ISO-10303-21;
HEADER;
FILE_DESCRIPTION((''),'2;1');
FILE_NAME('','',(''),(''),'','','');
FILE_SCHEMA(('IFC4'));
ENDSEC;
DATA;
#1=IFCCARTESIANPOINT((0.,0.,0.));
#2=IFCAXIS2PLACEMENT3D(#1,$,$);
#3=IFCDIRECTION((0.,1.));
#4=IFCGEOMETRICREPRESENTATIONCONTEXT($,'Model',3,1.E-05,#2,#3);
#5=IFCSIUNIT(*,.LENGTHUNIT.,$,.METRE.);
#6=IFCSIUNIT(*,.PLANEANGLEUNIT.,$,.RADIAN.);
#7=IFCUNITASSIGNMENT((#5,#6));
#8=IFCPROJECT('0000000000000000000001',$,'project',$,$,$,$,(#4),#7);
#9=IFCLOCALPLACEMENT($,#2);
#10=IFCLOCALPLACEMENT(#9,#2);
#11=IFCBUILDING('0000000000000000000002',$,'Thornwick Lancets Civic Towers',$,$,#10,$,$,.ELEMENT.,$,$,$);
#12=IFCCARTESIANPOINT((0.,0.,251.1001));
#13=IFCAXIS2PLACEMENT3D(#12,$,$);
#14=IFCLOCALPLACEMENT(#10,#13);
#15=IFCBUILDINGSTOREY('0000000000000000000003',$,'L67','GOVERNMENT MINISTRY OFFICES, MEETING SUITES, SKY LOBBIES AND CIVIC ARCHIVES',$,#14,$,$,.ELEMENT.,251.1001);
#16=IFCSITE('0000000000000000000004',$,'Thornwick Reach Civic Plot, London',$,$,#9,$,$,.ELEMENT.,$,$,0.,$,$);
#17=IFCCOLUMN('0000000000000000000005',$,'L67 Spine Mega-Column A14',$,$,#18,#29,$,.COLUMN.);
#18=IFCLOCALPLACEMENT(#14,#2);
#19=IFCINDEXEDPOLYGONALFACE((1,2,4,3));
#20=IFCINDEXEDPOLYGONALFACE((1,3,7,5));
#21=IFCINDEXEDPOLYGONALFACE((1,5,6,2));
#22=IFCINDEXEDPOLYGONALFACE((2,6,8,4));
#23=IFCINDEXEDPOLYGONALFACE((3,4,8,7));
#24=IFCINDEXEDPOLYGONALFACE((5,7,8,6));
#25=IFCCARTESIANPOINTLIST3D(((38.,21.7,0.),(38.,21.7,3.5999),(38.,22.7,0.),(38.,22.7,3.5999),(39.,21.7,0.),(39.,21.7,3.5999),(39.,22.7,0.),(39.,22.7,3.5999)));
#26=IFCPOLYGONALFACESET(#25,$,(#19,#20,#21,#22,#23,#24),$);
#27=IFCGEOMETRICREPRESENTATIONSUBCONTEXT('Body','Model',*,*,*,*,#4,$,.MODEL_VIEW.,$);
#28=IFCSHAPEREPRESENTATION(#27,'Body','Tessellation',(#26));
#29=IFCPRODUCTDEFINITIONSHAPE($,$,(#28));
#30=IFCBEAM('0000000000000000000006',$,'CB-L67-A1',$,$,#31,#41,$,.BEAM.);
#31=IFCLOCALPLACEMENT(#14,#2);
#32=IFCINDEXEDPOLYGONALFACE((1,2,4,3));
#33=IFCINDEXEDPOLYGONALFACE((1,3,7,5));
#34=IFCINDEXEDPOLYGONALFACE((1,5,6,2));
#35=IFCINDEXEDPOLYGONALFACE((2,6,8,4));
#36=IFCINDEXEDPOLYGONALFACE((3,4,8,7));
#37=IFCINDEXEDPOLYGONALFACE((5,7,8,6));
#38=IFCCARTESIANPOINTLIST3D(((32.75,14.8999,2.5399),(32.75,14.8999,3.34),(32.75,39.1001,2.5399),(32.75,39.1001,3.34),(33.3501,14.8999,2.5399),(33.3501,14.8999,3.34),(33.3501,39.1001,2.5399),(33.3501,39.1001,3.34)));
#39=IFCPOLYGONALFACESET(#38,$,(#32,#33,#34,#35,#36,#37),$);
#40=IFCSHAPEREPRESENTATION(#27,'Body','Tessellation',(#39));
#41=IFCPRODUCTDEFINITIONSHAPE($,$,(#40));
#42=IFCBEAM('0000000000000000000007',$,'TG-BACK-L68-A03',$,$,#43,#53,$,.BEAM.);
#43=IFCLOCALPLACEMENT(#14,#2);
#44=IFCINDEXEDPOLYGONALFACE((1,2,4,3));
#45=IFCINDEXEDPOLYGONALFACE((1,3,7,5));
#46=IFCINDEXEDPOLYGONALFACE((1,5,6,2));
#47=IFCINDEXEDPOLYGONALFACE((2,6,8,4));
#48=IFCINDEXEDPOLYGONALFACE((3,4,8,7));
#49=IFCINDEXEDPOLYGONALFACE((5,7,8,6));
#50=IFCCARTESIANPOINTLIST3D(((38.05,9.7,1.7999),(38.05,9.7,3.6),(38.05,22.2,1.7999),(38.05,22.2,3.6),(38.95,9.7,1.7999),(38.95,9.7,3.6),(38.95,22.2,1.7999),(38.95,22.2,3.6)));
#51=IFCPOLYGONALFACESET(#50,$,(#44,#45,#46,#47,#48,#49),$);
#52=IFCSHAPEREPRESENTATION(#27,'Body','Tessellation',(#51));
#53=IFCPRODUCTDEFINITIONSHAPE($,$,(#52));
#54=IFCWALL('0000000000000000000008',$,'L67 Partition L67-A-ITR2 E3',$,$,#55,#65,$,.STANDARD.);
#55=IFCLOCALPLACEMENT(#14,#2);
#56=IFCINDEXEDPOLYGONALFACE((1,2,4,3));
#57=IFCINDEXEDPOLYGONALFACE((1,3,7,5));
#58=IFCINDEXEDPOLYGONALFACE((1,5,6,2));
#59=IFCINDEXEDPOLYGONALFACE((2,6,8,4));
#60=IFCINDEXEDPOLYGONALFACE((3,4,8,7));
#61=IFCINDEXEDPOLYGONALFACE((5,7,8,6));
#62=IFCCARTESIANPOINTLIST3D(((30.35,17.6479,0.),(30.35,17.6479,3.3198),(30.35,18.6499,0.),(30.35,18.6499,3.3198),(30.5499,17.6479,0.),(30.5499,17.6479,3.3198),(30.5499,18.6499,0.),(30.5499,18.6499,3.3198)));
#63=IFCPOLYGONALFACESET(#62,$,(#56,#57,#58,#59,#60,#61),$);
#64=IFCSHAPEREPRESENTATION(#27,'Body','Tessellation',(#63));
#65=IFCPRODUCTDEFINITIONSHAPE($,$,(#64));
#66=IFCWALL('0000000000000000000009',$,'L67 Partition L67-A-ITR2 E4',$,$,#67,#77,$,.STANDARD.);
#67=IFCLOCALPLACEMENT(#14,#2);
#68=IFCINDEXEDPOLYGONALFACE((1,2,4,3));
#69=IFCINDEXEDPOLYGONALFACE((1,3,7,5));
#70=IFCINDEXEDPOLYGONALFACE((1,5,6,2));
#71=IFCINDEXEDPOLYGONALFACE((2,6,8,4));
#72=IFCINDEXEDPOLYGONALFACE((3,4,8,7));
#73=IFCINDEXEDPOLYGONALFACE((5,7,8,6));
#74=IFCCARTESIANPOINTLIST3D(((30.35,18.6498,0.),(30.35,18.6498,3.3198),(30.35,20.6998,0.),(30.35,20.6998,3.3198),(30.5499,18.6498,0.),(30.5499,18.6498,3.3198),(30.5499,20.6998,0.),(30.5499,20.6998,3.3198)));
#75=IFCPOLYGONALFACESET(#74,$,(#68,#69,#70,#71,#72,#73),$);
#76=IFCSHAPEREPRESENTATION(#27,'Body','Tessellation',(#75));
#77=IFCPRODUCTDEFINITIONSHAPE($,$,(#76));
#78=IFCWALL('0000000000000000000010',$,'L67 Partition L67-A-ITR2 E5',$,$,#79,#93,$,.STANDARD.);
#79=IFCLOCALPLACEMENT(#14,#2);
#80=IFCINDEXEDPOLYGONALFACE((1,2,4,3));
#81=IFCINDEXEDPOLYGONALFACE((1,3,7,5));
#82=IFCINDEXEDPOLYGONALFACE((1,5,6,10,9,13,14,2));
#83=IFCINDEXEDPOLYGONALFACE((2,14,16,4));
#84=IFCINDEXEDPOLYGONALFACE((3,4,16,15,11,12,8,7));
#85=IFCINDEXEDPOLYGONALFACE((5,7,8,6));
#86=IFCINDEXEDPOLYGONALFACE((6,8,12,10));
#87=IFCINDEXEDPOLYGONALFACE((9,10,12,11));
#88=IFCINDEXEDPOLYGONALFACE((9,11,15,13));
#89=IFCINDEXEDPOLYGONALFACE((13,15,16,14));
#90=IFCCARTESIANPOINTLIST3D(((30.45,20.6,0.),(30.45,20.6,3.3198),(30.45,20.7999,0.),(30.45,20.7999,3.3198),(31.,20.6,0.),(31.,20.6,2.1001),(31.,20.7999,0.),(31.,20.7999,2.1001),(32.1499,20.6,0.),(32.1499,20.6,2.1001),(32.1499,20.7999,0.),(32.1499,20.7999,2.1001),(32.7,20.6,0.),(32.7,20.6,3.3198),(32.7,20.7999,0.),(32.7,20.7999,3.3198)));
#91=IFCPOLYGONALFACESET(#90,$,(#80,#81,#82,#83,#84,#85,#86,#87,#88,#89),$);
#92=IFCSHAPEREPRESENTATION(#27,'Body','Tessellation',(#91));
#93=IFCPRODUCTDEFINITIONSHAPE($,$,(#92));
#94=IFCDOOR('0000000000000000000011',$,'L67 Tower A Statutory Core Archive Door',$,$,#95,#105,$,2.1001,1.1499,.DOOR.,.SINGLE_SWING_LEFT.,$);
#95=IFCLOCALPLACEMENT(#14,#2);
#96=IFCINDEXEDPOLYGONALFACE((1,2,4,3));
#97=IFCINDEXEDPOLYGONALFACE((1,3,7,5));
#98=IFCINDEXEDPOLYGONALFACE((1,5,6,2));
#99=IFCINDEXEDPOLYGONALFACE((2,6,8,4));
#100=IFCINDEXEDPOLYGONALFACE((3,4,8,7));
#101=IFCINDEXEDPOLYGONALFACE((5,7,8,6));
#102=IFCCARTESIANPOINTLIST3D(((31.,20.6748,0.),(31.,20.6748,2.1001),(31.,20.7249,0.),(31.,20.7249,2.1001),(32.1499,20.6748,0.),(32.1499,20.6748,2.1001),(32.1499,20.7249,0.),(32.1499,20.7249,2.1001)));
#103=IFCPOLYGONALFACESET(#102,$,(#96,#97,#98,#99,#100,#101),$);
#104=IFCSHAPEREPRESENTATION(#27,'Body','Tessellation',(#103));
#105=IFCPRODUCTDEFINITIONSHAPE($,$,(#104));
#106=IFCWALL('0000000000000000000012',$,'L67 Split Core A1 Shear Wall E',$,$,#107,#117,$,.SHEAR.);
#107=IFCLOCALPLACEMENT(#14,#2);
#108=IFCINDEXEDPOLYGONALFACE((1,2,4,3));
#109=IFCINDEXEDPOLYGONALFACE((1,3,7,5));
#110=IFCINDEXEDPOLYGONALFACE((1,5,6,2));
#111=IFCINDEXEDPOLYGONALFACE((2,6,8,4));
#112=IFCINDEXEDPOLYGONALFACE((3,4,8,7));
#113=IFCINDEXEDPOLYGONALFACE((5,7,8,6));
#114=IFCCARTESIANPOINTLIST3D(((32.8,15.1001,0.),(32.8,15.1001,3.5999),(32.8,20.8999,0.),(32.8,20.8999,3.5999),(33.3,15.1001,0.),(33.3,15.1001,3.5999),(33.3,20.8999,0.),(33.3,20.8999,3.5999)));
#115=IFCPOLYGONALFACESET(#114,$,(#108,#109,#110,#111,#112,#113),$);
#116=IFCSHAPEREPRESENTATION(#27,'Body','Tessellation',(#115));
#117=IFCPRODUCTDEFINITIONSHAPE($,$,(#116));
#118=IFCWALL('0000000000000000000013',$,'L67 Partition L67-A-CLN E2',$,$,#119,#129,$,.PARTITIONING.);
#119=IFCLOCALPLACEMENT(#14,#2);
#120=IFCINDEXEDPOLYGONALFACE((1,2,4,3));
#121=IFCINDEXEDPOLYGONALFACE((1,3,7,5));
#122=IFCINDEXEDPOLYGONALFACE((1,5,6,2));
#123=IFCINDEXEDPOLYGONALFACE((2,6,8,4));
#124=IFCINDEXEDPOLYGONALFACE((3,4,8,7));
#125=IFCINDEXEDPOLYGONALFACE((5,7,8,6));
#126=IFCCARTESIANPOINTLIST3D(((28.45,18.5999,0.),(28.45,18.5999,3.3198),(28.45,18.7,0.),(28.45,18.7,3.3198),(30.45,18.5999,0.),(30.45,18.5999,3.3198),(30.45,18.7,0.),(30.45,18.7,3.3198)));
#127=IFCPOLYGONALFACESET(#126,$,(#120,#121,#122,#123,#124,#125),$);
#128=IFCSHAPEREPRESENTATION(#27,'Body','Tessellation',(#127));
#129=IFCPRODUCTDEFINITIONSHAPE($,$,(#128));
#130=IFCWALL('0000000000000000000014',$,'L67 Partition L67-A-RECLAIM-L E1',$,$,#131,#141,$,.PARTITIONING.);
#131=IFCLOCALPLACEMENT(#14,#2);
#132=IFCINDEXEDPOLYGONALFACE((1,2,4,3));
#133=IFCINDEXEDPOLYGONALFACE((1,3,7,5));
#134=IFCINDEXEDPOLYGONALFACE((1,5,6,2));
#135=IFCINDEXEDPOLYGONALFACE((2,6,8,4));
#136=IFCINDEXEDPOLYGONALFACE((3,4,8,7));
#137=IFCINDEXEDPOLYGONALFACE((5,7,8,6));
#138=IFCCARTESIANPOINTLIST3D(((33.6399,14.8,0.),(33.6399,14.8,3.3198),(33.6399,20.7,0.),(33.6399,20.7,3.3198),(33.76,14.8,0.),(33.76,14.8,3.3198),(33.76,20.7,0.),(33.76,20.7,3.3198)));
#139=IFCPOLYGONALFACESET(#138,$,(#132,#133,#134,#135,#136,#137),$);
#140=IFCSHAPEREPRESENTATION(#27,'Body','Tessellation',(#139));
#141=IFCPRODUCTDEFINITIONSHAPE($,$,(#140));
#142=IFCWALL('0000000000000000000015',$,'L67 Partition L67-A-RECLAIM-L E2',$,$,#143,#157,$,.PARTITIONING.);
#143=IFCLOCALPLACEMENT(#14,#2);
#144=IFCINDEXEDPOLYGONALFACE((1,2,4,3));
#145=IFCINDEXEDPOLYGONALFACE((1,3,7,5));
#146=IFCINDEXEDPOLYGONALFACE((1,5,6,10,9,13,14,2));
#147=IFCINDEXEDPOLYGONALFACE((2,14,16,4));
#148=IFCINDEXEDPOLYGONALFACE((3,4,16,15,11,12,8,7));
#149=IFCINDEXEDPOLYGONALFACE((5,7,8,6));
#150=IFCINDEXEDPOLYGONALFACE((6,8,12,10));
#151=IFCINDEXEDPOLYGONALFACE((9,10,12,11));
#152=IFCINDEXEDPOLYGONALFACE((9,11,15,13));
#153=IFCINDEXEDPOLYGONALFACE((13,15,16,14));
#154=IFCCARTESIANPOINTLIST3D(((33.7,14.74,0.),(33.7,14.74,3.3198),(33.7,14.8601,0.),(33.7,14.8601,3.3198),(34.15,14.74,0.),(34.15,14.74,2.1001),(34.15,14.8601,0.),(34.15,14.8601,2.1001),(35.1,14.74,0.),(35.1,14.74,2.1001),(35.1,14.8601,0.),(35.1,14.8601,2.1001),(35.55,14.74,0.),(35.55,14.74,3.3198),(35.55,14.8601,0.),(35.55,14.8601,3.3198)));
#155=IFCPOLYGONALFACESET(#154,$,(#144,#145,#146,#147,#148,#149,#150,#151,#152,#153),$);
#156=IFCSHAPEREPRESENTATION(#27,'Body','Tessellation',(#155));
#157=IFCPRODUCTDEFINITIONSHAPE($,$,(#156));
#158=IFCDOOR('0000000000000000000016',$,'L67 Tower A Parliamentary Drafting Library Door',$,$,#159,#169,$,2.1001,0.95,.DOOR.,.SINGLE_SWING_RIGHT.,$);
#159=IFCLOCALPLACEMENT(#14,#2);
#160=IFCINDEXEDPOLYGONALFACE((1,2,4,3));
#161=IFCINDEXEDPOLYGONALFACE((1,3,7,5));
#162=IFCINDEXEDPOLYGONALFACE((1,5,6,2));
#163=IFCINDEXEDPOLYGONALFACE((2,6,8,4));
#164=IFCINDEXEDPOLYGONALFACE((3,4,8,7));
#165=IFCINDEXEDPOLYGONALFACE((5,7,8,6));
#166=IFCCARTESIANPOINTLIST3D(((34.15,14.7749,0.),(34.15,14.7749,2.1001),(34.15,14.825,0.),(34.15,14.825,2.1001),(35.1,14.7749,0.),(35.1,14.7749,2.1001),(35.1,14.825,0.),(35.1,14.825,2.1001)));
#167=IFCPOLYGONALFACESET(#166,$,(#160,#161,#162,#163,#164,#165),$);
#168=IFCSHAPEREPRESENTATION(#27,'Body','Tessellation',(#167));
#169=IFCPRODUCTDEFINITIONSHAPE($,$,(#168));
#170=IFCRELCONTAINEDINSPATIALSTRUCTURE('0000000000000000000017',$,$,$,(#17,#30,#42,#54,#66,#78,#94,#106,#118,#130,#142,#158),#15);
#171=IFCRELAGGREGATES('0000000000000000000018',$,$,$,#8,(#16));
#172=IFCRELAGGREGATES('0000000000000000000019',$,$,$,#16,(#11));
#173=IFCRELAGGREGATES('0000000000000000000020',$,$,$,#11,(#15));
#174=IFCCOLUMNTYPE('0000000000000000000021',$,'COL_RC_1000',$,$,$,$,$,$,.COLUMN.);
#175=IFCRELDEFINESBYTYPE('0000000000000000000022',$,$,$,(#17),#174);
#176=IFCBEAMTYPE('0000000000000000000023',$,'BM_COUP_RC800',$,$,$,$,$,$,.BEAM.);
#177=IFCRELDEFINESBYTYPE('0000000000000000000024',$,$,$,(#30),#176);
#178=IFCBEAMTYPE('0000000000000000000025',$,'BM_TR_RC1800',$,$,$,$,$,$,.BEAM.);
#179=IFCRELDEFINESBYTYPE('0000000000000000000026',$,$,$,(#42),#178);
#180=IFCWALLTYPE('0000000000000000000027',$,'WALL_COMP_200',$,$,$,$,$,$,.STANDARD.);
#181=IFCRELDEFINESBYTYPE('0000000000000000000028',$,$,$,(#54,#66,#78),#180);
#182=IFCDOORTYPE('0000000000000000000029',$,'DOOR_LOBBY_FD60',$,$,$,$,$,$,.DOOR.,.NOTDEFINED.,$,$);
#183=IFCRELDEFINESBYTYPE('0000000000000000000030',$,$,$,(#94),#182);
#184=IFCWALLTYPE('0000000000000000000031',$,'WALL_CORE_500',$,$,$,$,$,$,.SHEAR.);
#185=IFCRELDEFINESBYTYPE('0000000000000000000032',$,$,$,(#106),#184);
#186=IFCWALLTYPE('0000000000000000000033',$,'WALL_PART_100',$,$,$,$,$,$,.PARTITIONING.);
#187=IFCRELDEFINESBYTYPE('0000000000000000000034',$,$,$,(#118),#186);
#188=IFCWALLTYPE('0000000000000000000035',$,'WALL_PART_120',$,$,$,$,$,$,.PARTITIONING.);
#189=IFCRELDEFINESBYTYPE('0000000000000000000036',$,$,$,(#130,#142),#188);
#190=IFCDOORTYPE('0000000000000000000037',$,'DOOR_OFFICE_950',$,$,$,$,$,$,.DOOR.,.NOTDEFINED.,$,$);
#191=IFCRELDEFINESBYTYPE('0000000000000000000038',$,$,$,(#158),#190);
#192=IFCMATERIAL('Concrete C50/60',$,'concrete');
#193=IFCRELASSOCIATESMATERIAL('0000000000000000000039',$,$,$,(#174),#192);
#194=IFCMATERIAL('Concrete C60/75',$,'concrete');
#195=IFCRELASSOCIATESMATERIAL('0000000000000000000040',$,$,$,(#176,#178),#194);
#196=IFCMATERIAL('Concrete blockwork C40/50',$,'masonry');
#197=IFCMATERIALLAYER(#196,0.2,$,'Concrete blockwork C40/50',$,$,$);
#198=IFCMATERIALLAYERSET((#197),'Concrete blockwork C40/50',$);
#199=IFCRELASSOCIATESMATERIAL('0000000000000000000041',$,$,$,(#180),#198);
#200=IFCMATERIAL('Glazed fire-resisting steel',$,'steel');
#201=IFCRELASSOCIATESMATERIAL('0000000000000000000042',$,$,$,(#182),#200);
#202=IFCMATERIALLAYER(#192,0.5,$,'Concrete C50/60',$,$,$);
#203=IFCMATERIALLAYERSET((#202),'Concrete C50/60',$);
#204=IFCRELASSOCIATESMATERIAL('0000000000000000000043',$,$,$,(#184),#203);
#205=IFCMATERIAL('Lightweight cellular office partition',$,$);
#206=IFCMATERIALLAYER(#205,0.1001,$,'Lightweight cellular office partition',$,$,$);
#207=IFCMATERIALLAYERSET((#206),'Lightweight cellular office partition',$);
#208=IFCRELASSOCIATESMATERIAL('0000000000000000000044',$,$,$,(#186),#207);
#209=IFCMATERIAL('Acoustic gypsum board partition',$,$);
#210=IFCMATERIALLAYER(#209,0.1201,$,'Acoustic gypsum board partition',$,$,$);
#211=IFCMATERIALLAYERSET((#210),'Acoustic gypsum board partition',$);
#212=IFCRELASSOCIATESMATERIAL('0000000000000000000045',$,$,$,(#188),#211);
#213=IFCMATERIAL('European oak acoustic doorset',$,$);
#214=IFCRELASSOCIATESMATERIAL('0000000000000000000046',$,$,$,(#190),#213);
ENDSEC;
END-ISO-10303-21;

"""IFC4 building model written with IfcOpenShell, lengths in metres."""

from ifc_helpers import new_model, si_unit, direction, frame, frame_2d, origin, origin_2d, place, context, subcontext, project, spatial, rectangle, extrude, material, layer, layer_set, material_profile, profile_set, type_object, element, fill, save


model = new_model("IFC4")

# Units and contexts
model_context = context("Model", 3, precision=1e-05, world=origin(), true_north=direction((0.0, 1.0)))
body_context = subcontext(model_context, "Body", "Model", "MODEL_VIEW")
ifc_project = project(units=[si_unit("LENGTHUNIT", "METRE"), si_unit("PLANEANGLEUNIT", "RADIAN")], contexts=[model_context])

# Site, building, storey
site_placement = place(None, origin())
site = spatial("IfcSite", under=ifc_project, at=site_placement, Name="Thornwick Reach Civic Plot, London", CompositionType="ELEMENT", RefElevation=0.0)
building_placement = place(site_placement, origin())
building = spatial("IfcBuilding", under=site, at=building_placement, Name="Thornwick Lancets Civic Towers", CompositionType="ELEMENT")
storey_placement = place(building_placement, frame((0.0, 0.0, 251.1001)))
storey = spatial("IfcBuildingStorey", under=building, at=storey_placement, Name="L67", Description="GOVERNMENT MINISTRY OFFICES, MEETING SUITES, SKY LOBBIES AND CIVIC ARCHIVES", CompositionType="ELEMENT", Elevation=251.1001)

# Column
ifc_material_1 = material(Name="Concrete C50/60", Category="concrete")
ifc_material_profile_1 = material_profile(ifc_material_1, rectangle(XDim=1.0, YDim=1.0, at=origin_2d()), Name="RC 1000x1000")
ifc_profile_set_1 = profile_set([ifc_material_profile_1], Name="Concrete C50/60")
column_type = type_object("IfcColumnType", Name="COL_RC_1000", PredefinedType="COLUMN", material=ifc_profile_set_1)
column_placement = place(storey_placement, frame((38.5, 22.2, 0.0), z_axis=(0.0, 0.0, 1.0), x_axis=(1.0, 0.0, 0.0)))
element("IfcColumn", 1, at=column_placement, inside=storey, type_object=column_type, Name="L67 Spine Mega-Column A14", PredefinedType="COLUMN", context=body_context, shape_type="SweptSolid", body=[
    extrude(rectangle(XDim=1.0, YDim=1.0, at=origin_2d()), origin(), (0.0, 0.0, 1.0), 3.5999),
])

# Beams
ifc_material_2 = material(Name="Concrete C60/75", Category="concrete")
ifc_material_profile_2 = material_profile(ifc_material_2, rectangle(XDim=0.6001, YDim=0.8, at=origin_2d()), Name="RC 600x800")
ifc_profile_set_2 = profile_set([ifc_material_profile_2], Name="Concrete C60/75")
beam_type_1 = type_object("IfcBeamType", Name="BM_COUP_RC800", PredefinedType="BEAM", material=ifc_profile_set_2)
beam_1_placement = place(storey_placement, frame((33.05, 14.8999, 2.9399), z_axis=(0.0, 1.0, 0.0), x_axis=(-1.0, 0.0, 0.0)))
element("IfcBeam", 2, at=beam_1_placement, inside=storey, type_object=beam_type_1, Name="CB-L67-A1", PredefinedType="BEAM", context=body_context, shape_type="SweptSolid", body=[
    extrude(rectangle(XDim=0.6001, YDim=0.8, at=origin_2d()), origin(), (0.0, 0.0, 1.0), 24.2002),
])
ifc_material_profile_3 = material_profile(ifc_material_2, rectangle(XDim=0.8999, YDim=1.8, at=origin_2d()), Name="RC 900x1800")
ifc_profile_set_3 = profile_set([ifc_material_profile_3], Name="Concrete C60/75")
beam_type_2 = type_object("IfcBeamType", Name="BM_TR_RC1800", PredefinedType="BEAM", material=ifc_profile_set_3)
beam_2_placement = place(storey_placement, frame((38.5, 22.2, 2.7), z_axis=(0.0, -1.0, 0.0), x_axis=(1.0, 0.0, 0.0)))
element("IfcBeam", 3, at=beam_2_placement, inside=storey, type_object=beam_type_2, Name="TG-BACK-L68-A03", PredefinedType="BEAM", context=body_context, shape_type="SweptSolid", body=[
    extrude(rectangle(XDim=0.8999, YDim=1.8, at=origin_2d()), origin(), (0.0, 0.0, 1.0), 12.5),
])

# Walls
ifc_material_3 = material(Name="Concrete blockwork C40/50", Category="masonry")
ifc_layer_1 = layer(ifc_material_3, 0.2, Name="Concrete blockwork C40/50")
ifc_layer_set_1 = layer_set([ifc_layer_1], Name="Concrete blockwork C40/50")
wall_type_1 = type_object("IfcWallType", Name="WALL_COMP_200", PredefinedType="STANDARD", material=ifc_layer_set_1)
wall_1_placement = place(storey_placement, frame((30.45, 17.6479, 0.0), z_axis=(0.0, 0.0, 1.0), x_axis=(0.0, 1.0, 0.0)))
element("IfcWall", 4, at=wall_1_placement, inside=storey, type_object=wall_type_1, Name="L67 Partition L67-A-ITR2 E3", PredefinedType="STANDARD", context=body_context, shape_type="SweptSolid", body=[
    extrude(rectangle(XDim=1.002, YDim=0.2, at=frame_2d((0.501, 0.0))), origin(), (0.0, 0.0, 1.0), 3.3198),
])
wall_2_placement = place(storey_placement, frame((30.45, 18.6499, 0.0), z_axis=(0.0, 0.0, 1.0), x_axis=(0.0, 1.0, 0.0)))
element("IfcWall", 5, at=wall_2_placement, inside=storey, type_object=wall_type_1, Name="L67 Partition L67-A-ITR2 E4", PredefinedType="STANDARD", context=body_context, shape_type="SweptSolid", body=[
    extrude(rectangle(XDim=2.05, YDim=0.2, at=frame_2d((1.0249, 0.0))), origin(), (0.0, 0.0, 1.0), 3.3198),
])

# Wall, opening, door
wall_3_placement = place(storey_placement, frame((30.45, 20.7, 0.0), z_axis=(0.0, 0.0, 1.0), x_axis=(1.0, 0.0, 0.0)))
wall_3 = element("IfcWall", 6, at=wall_3_placement, inside=storey, type_object=wall_type_1, Name="L67 Partition L67-A-ITR2 E5", PredefinedType="STANDARD", context=body_context, shape_type="SweptSolid", body=[
    extrude(rectangle(XDim=2.25, YDim=0.2, at=frame_2d((1.125, 0.0))), origin(), (0.0, 0.0, 1.0), 3.3198),
])
opening_1_placement = place(wall_3_placement, frame((0.55, 0.0, 0.0)))
opening_1 = element("IfcOpeningElement", 7, at=opening_1_placement, cuts=wall_3, PredefinedType="OPENING", context=body_context, shape_type="SweptSolid", body=[
    extrude(rectangle(XDim=1.1499, YDim=2.1001, at=frame_2d((0.575, 1.05))), frame((0.0, 0.1099, 0.0), z_axis=(0.0, -1.0, 0.0), x_axis=(1.0, 0.0, 0.0)), (0.0, 0.0, 1.0), 0.22),
])
ifc_material_4 = material(Name="Glazed fire-resisting steel", Category="steel")
door_type_1 = type_object("IfcDoorType", Name="DOOR_LOBBY_FD60", OperationType="NOTDEFINED", PredefinedType="DOOR", material=ifc_material_4)
door_1_placement = place(opening_1_placement, origin())
door_1 = element("IfcDoor", 8, at=door_1_placement, inside=storey, type_object=door_type_1, Name="L67 Tower A Statutory Core Archive Door", OperationType="SINGLE_SWING_LEFT", OverallHeight=2.1001, OverallWidth=1.1499, PredefinedType="DOOR", context=body_context, shape_type="SweptSolid", body=[
    extrude(rectangle(XDim=1.1499, YDim=2.1001, at=frame_2d((0.575, 1.05))), frame((0.0, 0.0249, 0.0), z_axis=(0.0, -1.0, 0.0), x_axis=(1.0, 0.0, 0.0)), (0.0, 0.0, 1.0), 0.05),
])
fill(opening_1, door_1)

# Walls
ifc_layer_2 = layer(ifc_material_1, 0.5, Name="Concrete C50/60")
ifc_layer_set_2 = layer_set([ifc_layer_2], Name="Concrete C50/60")
wall_type_2 = type_object("IfcWallType", Name="WALL_CORE_500", PredefinedType="SHEAR", material=ifc_layer_set_2)
wall_4_placement = place(storey_placement, frame((33.05, 15.1001, 0.0), z_axis=(0.0, 0.0, 1.0), x_axis=(0.0, 1.0, 0.0)))
element("IfcWall", 9, at=wall_4_placement, inside=storey, type_object=wall_type_2, Name="L67 Split Core A1 Shear Wall E", PredefinedType="SHEAR", context=body_context, shape_type="SweptSolid", body=[
    extrude(rectangle(XDim=5.7998, YDim=0.5, at=frame_2d((2.8999, 0.0))), origin(), (0.0, 0.0, 1.0), 3.5999),
])
ifc_material_5 = material(Name="Lightweight cellular office partition")
ifc_layer_3 = layer(ifc_material_5, 0.1001, Name="Lightweight cellular office partition")
ifc_layer_set_3 = layer_set([ifc_layer_3], Name="Lightweight cellular office partition")
wall_type_3 = type_object("IfcWallType", Name="WALL_PART_100", PredefinedType="PARTITIONING", material=ifc_layer_set_3)
wall_5_placement = place(storey_placement, frame((30.45, 18.6499, 0.0), z_axis=(0.0, 0.0, 1.0), x_axis=(-1.0, 0.0, 0.0)))
element("IfcWall", 10, at=wall_5_placement, inside=storey, type_object=wall_type_3, Name="L67 Partition L67-A-CLN E2", PredefinedType="PARTITIONING", context=body_context, shape_type="SweptSolid", body=[
    extrude(rectangle(XDim=2.0, YDim=0.1001, at=frame_2d((1.0, 0.0))), origin(), (0.0, 0.0, 1.0), 3.3198),
])
ifc_material_6 = material(Name="Acoustic gypsum board partition")
ifc_layer_4 = layer(ifc_material_6, 0.1201, Name="Acoustic gypsum board partition")
ifc_layer_set_4 = layer_set([ifc_layer_4], Name="Acoustic gypsum board partition")
wall_type_4 = type_object("IfcWallType", Name="WALL_PART_120", PredefinedType="PARTITIONING", material=ifc_layer_set_4)
wall_6_placement = place(storey_placement, frame((33.7, 20.7, 0.0), z_axis=(0.0, 0.0, 1.0), x_axis=(0.0, -1.0, 0.0)))
element("IfcWall", 11, at=wall_6_placement, inside=storey, type_object=wall_type_4, Name="L67 Partition L67-A-RECLAIM-L E1", PredefinedType="PARTITIONING", context=body_context, shape_type="SweptSolid", body=[
    extrude(rectangle(XDim=5.8999, YDim=0.1201, at=frame_2d((2.95, 0.0))), origin(), (0.0, 0.0, 1.0), 3.3198),
])

# Wall, opening, door
wall_7_placement = place(storey_placement, frame((33.7, 14.8, 0.0), z_axis=(0.0, 0.0, 1.0), x_axis=(1.0, 0.0, 0.0)))
wall_7 = element("IfcWall", 12, at=wall_7_placement, inside=storey, type_object=wall_type_4, Name="L67 Partition L67-A-RECLAIM-L E2", PredefinedType="PARTITIONING", context=body_context, shape_type="SweptSolid", body=[
    extrude(rectangle(XDim=1.8501, YDim=0.1201, at=frame_2d((0.925, 0.0))), origin(), (0.0, 0.0, 1.0), 3.3198),
])
opening_2_placement = place(wall_7_placement, frame((0.45, 0.0, 0.0)))
opening_2 = element("IfcOpeningElement", 13, at=opening_2_placement, cuts=wall_7, PredefinedType="OPENING", context=body_context, shape_type="SweptSolid", body=[
    extrude(rectangle(XDim=0.95, YDim=2.1001, at=frame_2d((0.4751, 1.05))), frame((0.0, 0.0701, 0.0), z_axis=(0.0, -1.0, 0.0), x_axis=(1.0, 0.0, 0.0)), (0.0, 0.0, 1.0), 0.1401),
])
ifc_material_7 = material(Name="European oak acoustic doorset")
door_type_2 = type_object("IfcDoorType", Name="DOOR_OFFICE_950", OperationType="NOTDEFINED", PredefinedType="DOOR", material=ifc_material_7)
door_2_placement = place(opening_2_placement, origin())
door_2 = element("IfcDoor", 14, at=door_2_placement, inside=storey, type_object=door_type_2, Name="L67 Tower A Parliamentary Drafting Library Door", OperationType="SINGLE_SWING_RIGHT", OverallHeight=2.1001, OverallWidth=0.95, PredefinedType="DOOR", context=body_context, shape_type="SweptSolid", body=[
    extrude(rectangle(XDim=0.95, YDim=2.1001, at=frame_2d((0.4751, 1.05))), frame((0.0, 0.0249, 0.0), z_axis=(0.0, -1.0, 0.0), x_axis=(1.0, 0.0, 0.0)), (0.0, 0.0, 1.0), 0.05),
])
fill(opening_2, door_2)

save(model, "model.ifc")
